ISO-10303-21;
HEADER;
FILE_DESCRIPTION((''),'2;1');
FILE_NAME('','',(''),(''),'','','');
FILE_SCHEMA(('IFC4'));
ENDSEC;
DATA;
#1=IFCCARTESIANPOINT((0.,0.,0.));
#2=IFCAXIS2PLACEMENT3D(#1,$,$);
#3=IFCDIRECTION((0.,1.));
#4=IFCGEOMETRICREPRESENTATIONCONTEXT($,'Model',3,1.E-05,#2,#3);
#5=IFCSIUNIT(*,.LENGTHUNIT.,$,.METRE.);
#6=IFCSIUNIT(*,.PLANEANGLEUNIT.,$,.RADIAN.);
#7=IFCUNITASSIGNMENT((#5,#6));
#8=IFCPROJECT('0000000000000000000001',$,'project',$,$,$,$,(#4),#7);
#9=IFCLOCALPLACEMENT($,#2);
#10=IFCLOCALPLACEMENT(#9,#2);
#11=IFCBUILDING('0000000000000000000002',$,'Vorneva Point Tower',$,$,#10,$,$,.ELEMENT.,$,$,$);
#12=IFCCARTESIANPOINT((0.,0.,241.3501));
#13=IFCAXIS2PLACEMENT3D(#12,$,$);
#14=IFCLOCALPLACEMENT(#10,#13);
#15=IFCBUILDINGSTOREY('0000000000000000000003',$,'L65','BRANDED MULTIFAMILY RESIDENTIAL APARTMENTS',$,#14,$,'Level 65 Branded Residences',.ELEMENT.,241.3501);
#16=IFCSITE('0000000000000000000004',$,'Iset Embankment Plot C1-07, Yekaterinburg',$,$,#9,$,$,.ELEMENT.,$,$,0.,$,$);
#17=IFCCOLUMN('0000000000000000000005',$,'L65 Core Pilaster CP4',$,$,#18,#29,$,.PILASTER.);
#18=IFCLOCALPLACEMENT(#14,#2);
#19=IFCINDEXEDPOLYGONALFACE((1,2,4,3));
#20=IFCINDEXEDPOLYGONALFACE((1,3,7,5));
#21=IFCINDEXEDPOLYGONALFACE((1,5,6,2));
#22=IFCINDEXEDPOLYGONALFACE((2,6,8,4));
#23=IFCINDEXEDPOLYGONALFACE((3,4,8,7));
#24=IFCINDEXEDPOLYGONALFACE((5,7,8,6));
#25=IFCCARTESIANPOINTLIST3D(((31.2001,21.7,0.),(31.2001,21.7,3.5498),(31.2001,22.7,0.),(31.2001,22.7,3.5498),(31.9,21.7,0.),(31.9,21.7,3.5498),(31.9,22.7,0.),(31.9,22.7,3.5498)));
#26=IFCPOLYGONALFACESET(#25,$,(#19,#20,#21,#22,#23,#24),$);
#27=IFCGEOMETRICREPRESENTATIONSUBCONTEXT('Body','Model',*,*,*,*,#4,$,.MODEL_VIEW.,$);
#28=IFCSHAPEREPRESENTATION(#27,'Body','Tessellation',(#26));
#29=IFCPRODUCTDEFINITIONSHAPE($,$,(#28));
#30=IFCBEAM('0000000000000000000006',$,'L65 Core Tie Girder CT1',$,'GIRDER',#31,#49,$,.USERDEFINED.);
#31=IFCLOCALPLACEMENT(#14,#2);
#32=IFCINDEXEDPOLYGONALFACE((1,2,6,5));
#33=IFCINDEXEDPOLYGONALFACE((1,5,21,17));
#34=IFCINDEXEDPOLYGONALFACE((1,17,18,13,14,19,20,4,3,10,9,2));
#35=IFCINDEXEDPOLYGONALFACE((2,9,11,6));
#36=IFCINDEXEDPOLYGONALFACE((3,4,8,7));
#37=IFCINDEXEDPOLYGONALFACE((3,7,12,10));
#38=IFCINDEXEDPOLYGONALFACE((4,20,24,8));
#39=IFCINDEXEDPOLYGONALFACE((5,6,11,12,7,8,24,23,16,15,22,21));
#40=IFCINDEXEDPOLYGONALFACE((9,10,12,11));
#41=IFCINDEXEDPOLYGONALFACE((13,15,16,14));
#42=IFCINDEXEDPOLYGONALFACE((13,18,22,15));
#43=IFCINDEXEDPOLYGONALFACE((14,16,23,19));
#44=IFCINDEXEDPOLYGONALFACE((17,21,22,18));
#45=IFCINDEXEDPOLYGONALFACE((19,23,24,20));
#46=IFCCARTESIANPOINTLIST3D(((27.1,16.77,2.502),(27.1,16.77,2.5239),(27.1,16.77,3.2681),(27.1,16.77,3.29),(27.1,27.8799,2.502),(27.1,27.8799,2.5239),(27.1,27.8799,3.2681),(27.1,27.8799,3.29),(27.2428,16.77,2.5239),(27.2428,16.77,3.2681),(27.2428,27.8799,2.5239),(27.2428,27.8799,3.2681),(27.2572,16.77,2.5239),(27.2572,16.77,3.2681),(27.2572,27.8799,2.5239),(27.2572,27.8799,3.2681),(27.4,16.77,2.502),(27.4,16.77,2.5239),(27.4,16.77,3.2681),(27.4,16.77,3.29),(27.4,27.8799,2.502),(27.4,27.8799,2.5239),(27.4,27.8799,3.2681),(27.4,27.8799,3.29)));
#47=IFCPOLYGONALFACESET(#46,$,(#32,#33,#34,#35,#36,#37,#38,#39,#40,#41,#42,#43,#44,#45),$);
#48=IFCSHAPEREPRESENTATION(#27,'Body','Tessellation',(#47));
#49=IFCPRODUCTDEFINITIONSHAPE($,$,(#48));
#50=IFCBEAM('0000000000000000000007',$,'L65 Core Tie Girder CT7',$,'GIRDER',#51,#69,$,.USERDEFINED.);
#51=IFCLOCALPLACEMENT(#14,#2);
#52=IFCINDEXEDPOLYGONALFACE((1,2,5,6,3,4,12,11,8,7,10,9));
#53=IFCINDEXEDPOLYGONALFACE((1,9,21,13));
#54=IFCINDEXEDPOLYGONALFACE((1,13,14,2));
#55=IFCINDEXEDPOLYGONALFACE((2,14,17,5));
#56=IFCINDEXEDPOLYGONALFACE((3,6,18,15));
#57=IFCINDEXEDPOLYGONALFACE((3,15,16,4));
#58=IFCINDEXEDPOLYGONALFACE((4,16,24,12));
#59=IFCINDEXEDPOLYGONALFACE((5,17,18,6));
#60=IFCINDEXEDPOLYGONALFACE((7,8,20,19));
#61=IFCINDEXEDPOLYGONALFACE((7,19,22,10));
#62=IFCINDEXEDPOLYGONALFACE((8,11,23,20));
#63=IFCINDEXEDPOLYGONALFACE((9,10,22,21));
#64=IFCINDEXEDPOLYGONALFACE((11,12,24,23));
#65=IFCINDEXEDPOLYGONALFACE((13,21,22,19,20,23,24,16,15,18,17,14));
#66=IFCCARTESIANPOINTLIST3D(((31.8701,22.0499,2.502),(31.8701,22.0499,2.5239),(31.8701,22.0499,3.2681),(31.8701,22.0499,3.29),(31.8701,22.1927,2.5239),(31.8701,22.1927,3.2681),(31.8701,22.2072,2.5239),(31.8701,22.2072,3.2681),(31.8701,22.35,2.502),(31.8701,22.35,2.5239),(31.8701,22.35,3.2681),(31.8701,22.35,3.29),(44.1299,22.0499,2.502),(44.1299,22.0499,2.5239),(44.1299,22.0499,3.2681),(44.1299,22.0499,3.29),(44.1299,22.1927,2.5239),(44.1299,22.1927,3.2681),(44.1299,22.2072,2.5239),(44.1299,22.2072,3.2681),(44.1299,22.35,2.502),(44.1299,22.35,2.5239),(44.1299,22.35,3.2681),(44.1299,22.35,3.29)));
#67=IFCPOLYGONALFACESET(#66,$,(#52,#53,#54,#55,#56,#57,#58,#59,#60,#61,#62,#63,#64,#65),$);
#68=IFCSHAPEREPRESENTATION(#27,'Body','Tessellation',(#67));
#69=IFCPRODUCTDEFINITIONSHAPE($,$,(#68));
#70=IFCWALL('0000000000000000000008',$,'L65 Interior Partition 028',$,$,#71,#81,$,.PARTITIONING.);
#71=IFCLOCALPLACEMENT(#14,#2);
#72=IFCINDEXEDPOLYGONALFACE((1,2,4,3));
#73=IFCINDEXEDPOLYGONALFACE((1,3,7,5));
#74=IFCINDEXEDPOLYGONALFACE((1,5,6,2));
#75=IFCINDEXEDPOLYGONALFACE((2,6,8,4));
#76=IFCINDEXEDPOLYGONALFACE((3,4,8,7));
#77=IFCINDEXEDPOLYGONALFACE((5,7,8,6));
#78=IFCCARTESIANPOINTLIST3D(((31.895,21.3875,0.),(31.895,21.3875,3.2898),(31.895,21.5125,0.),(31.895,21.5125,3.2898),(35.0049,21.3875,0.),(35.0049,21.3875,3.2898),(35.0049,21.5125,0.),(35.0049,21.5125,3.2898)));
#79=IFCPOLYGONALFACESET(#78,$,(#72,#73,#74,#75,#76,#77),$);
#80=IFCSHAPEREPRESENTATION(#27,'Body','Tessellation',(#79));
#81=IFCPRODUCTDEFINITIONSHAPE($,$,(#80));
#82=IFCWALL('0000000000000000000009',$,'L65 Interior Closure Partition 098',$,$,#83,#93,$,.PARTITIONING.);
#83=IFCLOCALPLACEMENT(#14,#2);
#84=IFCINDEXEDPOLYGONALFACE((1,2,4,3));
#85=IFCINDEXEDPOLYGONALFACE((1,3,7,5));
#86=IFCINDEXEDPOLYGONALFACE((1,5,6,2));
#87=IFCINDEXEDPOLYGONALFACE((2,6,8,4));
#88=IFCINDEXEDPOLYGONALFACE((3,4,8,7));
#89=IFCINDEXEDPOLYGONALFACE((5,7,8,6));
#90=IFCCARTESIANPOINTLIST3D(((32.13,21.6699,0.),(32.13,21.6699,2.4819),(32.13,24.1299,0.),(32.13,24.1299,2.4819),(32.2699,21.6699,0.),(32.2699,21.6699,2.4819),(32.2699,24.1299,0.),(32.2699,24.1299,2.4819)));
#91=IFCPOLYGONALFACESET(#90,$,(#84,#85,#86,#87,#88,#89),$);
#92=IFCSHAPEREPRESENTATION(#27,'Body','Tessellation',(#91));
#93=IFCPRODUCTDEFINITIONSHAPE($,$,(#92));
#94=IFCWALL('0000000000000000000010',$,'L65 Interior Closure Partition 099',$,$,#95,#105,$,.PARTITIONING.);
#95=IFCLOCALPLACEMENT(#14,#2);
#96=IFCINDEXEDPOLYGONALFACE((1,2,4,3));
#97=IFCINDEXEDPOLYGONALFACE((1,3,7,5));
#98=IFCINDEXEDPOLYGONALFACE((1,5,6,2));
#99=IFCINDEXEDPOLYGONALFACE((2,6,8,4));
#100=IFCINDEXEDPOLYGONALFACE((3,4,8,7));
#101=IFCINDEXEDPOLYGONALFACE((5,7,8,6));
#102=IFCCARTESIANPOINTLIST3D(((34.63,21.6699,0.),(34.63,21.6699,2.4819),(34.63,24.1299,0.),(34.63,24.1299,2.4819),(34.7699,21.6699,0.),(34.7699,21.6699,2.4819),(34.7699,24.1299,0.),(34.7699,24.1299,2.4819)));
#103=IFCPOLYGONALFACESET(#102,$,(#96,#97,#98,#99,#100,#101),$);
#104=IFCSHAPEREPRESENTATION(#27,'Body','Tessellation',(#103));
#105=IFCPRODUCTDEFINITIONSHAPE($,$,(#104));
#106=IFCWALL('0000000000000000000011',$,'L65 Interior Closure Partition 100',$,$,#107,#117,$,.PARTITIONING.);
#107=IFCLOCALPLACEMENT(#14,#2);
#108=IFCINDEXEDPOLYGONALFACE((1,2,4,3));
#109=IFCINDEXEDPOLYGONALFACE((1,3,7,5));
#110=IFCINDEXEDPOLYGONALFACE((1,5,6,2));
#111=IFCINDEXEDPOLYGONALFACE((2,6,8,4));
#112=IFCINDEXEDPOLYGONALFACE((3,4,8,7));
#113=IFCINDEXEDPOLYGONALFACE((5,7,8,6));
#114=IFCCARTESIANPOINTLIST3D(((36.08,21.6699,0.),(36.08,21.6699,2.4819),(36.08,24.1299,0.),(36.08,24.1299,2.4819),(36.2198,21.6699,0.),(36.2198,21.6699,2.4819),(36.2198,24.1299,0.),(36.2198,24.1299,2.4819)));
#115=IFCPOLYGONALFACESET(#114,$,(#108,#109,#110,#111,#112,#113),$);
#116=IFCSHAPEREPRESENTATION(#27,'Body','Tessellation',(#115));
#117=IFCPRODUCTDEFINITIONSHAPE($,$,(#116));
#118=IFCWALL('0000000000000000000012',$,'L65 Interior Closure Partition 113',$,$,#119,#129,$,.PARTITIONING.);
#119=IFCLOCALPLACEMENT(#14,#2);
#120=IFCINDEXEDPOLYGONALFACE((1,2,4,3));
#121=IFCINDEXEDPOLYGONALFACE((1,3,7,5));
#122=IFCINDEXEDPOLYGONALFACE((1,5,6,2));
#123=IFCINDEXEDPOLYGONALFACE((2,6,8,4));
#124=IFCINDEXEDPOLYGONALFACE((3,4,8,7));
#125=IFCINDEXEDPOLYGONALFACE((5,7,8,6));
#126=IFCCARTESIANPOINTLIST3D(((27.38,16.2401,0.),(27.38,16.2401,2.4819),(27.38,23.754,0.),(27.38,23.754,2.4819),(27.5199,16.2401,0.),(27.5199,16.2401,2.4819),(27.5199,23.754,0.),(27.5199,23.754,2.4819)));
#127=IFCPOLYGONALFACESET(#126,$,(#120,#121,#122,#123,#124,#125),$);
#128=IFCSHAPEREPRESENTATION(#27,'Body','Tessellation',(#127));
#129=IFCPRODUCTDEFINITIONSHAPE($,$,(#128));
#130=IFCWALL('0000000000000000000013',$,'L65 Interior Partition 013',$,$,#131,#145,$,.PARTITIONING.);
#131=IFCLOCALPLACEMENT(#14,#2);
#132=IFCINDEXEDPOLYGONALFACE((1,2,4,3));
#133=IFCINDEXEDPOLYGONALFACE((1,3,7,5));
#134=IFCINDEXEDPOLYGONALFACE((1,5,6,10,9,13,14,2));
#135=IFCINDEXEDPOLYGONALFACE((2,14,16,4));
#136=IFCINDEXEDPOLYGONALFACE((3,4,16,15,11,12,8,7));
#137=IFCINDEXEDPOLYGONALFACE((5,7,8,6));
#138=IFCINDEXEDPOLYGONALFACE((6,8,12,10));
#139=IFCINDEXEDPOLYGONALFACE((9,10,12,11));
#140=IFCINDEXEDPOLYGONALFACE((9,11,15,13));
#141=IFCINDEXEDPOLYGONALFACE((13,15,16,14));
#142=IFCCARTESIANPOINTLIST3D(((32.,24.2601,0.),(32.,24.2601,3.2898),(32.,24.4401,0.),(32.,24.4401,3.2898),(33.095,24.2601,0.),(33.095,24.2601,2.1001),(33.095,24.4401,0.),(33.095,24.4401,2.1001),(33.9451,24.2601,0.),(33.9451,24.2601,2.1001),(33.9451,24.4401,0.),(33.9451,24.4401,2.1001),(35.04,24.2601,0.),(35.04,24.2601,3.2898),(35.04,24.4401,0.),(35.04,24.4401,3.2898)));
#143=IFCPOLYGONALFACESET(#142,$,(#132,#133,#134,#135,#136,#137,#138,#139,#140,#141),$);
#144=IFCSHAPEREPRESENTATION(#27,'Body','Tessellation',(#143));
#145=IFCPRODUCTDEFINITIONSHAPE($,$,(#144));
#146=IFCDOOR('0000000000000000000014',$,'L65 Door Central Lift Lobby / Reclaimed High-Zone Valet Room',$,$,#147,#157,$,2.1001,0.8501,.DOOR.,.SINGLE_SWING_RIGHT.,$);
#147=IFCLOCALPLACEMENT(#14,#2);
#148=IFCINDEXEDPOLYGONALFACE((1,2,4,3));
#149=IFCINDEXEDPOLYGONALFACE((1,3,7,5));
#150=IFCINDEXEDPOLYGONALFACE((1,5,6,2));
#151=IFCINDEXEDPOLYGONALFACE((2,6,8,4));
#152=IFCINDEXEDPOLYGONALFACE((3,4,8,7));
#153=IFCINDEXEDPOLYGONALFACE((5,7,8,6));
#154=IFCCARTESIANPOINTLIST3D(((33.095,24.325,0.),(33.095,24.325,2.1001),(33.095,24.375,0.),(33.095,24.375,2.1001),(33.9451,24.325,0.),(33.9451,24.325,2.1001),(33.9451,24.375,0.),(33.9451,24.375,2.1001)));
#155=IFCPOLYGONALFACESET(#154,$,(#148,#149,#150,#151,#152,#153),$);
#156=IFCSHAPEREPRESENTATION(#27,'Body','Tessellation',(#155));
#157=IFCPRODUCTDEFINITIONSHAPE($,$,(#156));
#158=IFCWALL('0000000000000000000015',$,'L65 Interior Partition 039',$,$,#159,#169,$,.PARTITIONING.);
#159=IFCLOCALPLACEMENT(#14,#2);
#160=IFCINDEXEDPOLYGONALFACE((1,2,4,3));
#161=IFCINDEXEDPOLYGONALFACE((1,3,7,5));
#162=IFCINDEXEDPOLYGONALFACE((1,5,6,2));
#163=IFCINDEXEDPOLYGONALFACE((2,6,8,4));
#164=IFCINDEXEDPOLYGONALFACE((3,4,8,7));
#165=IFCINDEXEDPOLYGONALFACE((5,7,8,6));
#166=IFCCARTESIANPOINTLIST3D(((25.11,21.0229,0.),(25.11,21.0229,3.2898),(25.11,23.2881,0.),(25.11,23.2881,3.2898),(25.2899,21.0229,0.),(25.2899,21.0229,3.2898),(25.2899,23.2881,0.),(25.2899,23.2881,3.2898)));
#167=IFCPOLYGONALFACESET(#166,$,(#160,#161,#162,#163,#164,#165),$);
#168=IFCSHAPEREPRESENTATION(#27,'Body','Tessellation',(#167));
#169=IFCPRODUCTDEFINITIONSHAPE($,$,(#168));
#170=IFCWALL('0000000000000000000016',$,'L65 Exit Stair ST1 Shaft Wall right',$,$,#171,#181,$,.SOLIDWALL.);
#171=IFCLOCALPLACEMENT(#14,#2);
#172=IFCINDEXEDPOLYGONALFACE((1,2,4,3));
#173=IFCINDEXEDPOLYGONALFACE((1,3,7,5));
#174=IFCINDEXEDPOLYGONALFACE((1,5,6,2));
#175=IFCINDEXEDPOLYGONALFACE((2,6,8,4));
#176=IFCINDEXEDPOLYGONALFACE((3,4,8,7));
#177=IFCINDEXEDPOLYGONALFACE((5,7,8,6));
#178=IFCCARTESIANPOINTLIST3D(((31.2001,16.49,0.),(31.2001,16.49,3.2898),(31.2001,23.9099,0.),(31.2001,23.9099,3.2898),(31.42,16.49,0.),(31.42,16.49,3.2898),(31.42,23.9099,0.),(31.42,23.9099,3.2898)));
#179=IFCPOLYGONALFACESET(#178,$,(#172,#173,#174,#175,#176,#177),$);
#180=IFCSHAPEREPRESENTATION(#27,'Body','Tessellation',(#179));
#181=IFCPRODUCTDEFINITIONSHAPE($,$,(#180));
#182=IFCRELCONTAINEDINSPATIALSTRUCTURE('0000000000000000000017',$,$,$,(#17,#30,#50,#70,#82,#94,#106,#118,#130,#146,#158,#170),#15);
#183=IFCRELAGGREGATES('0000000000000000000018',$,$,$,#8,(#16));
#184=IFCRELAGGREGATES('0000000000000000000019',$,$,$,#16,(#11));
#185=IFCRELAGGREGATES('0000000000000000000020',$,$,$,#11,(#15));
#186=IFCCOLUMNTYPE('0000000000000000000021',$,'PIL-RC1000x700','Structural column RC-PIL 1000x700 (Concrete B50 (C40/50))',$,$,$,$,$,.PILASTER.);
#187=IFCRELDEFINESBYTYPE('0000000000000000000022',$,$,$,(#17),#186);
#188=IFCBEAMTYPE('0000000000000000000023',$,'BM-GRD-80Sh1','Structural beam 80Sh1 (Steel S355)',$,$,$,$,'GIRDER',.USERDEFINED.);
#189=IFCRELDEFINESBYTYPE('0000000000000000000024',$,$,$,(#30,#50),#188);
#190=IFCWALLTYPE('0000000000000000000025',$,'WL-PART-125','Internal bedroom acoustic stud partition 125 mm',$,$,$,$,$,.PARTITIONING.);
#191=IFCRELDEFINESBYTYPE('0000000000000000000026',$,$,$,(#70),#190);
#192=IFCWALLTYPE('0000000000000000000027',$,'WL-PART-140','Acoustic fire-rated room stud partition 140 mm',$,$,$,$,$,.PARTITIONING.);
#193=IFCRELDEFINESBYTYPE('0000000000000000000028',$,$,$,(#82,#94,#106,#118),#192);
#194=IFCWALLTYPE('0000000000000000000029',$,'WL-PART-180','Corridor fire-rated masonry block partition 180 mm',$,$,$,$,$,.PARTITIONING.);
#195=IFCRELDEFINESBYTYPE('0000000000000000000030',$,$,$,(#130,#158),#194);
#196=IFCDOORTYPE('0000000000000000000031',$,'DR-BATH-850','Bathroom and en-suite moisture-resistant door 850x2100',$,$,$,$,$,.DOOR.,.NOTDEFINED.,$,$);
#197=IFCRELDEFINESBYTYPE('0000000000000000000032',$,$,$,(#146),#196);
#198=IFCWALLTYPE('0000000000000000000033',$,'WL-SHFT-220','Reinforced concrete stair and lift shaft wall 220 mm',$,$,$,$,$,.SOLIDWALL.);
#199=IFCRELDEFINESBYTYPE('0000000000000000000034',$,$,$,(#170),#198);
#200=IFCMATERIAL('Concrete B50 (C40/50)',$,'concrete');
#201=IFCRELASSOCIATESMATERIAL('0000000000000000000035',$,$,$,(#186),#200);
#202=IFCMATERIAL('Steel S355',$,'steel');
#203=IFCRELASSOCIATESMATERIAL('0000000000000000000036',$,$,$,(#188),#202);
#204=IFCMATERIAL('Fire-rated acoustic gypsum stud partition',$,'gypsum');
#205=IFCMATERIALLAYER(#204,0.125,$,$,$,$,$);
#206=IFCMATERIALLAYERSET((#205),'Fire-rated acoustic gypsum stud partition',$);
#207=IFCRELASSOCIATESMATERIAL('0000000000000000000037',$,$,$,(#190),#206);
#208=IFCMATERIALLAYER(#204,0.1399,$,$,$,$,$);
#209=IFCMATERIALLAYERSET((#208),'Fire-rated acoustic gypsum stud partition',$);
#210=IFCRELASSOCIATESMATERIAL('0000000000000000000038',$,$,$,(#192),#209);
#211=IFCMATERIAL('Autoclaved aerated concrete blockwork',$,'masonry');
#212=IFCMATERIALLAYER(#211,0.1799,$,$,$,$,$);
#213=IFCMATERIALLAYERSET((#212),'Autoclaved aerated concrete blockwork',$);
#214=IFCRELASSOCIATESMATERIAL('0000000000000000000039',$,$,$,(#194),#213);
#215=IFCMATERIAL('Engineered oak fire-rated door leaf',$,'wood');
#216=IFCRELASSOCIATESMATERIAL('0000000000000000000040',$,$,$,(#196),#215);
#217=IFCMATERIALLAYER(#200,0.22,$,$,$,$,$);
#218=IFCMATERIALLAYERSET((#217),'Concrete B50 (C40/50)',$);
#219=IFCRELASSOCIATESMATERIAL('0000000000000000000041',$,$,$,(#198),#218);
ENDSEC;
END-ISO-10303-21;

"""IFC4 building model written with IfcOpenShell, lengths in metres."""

from ifc_helpers import new_model, si_unit, direction, frame, frame_2d, origin, origin_2d, place, context, subcontext, project, spatial, rectangle, i_section, extrude, material, layer, layer_set, material_profile, profile_set, type_object, element, fill, save


model = new_model("IFC4")

# Units and contexts
model_context = context("Model", 3, precision=1e-05, world=origin(), true_north=direction((0.0, 1.0)))
body_context = subcontext(model_context, "Body", "Model", "MODEL_VIEW")
ifc_project = project(units=[si_unit("LENGTHUNIT", "METRE"), si_unit("PLANEANGLEUNIT", "RADIAN")], contexts=[model_context])

# Site, building, storey
site_placement = place(None, origin())
site = spatial("IfcSite", under=ifc_project, at=site_placement, Name="Iset Embankment Plot C1-07, Yekaterinburg", CompositionType="ELEMENT", RefElevation=0.0)
building_placement = place(site_placement, origin())
building = spatial("IfcBuilding", under=site, at=building_placement, Name="Vorneva Point Tower", CompositionType="ELEMENT")
storey_placement = place(building_placement, frame((0.0, 0.0, 241.3501)))
storey = spatial("IfcBuildingStorey", under=building, at=storey_placement, Name="L65", Description="BRANDED MULTIFAMILY RESIDENTIAL APARTMENTS", LongName="Level 65 Branded Residences", CompositionType="ELEMENT", Elevation=241.3501)

# Column
ifc_material_1 = material(Name="Concrete B50 (C40/50)", Category="concrete")
ifc_material_profile_1 = material_profile(ifc_material_1, rectangle(XDim=0.7, YDim=1.0, at=origin_2d()), Name="RC-PIL 1000x700")
ifc_profile_set_1 = profile_set([ifc_material_profile_1], Name="Concrete B50 (C40/50)")
column_type = type_object("IfcColumnType", Name="PIL-RC1000x700", Description="Structural column RC-PIL 1000x700 (Concrete B50 (C40/50))", PredefinedType="PILASTER", material=ifc_profile_set_1)
column_placement = place(storey_placement, frame((31.55, 22.2, 0.0), z_axis=(0.0, 0.0, 1.0), x_axis=(1.0, 0.0, 0.0)))
element("IfcColumn", 1, at=column_placement, inside=storey, type_object=column_type, Name="L65 Core Pilaster CP4", PredefinedType="PILASTER", context=body_context, shape_type="SweptSolid", body=[
    extrude(rectangle(XDim=0.7, YDim=1.0, at=origin_2d()), origin(), (0.0, 0.0, 1.0), 3.5498),
])

# Beams
ifc_material_2 = material(Name="Steel S355", Category="steel")
ifc_material_profile_2 = material_profile(ifc_material_2, i_section(OverallWidth=0.3, OverallDepth=0.7881, WebThickness=0.0144, FlangeThickness=0.022, at=origin_2d()), Name="80Sh1")
ifc_profile_set_2 = profile_set([ifc_material_profile_2], Name="Steel S355")
beam_type = type_object("IfcBeamType", Name="BM-GRD-80Sh1", Description="Structural beam 80Sh1 (Steel S355)", ElementType="GIRDER", PredefinedType="USERDEFINED", material=ifc_profile_set_2)
beam_1_placement = place(storey_placement, frame((27.25, 16.77, 2.896), z_axis=(0.0, 1.0, 0.0), x_axis=(-1.0, 0.0, 0.0)))
element("IfcBeam", 2, at=beam_1_placement, inside=storey, type_object=beam_type, Name="L65 Core Tie Girder CT1", ObjectType="GIRDER", PredefinedType="USERDEFINED", context=body_context, shape_type="SweptSolid", body=[
    extrude(i_section(OverallWidth=0.3, OverallDepth=0.7881, WebThickness=0.0144, FlangeThickness=0.022, at=origin_2d()), origin(), (0.0, 0.0, 1.0), 11.1099),
])
beam_2_placement = place(storey_placement, frame((31.8701, 22.2, 2.896), z_axis=(1.0, 0.0, 0.0), x_axis=(0.0, 1.0, 0.0)))
element("IfcBeam", 3, at=beam_2_placement, inside=storey, type_object=beam_type, Name="L65 Core Tie Girder CT7", ObjectType="GIRDER", PredefinedType="USERDEFINED", context=body_context, shape_type="SweptSolid", body=[
    extrude(i_section(OverallWidth=0.3, OverallDepth=0.7881, WebThickness=0.0144, FlangeThickness=0.022, at=origin_2d()), origin(), (0.0, 0.0, 1.0), 12.2598),
])

# Walls
ifc_material_3 = material(Name="Fire-rated acoustic gypsum stud partition", Category="gypsum")
ifc_layer_1 = layer(ifc_material_3, 0.125)
ifc_layer_set_1 = layer_set([ifc_layer_1], Name="Fire-rated acoustic gypsum stud partition")
wall_type_1 = type_object("IfcWallType", Name="WL-PART-125", Description="Internal bedroom acoustic stud partition 125 mm", PredefinedType="PARTITIONING", material=ifc_layer_set_1)
wall_1_placement = place(storey_placement, frame((35.0049, 21.45, 0.0), z_axis=(0.0, 0.0, 1.0), x_axis=(-1.0, 0.0, 0.0)))
element("IfcWall", 4, at=wall_1_placement, inside=storey, type_object=wall_type_1, Name="L65 Interior Partition 028", PredefinedType="PARTITIONING", context=body_context, shape_type="SweptSolid", body=[
    extrude(rectangle(XDim=3.1099, YDim=0.125, at=frame_2d((1.5549, 0.0))), origin(), (0.0, 0.0, 1.0), 3.2898),
])
ifc_layer_2 = layer(ifc_material_3, 0.1399)
ifc_layer_set_2 = layer_set([ifc_layer_2], Name="Fire-rated acoustic gypsum stud partition")
wall_type_2 = type_object("IfcWallType", Name="WL-PART-140", Description="Acoustic fire-rated room stud partition 140 mm", PredefinedType="PARTITIONING", material=ifc_layer_set_2)
for number, where, z_axis, x_axis, name in (
    (5, (32.2, 24.1299, 0.0), (0.0, 0.0, 1.0), (0.0, -1.0, 0.0), "L65 Interior Closure Partition 098"),
    (6, (34.7, 21.6699, 0.0), (0.0, 0.0, 1.0), (0.0, 1.0, 0.0), "L65 Interior Closure Partition 099"),
    (7, (36.1499, 24.1299, 0.0), (0.0, 0.0, 1.0), (0.0, -1.0, 0.0), "L65 Interior Closure Partition 100"),
):
    element("IfcWall", number, at=place(storey_placement, frame(where, z_axis=z_axis, x_axis=x_axis)), inside=storey, type_object=wall_type_2, Name=name, PredefinedType="PARTITIONING", context=body_context, shape_type="SweptSolid", body=[
        extrude(rectangle(XDim=2.46, YDim=0.1399, at=frame_2d((1.23, 0.0))), origin(), (0.0, 0.0, 1.0), 2.4819),
    ])
wall_2_placement = place(storey_placement, frame((27.45, 23.7539, 0.0), z_axis=(0.0, 0.0, 1.0), x_axis=(0.0, -1.0, 0.0)))
element("IfcWall", 8, at=wall_2_placement, inside=storey, type_object=wall_type_2, Name="L65 Interior Closure Partition 113", PredefinedType="PARTITIONING", context=body_context, shape_type="SweptSolid", body=[
    extrude(rectangle(XDim=7.5139, YDim=0.1399, at=frame_2d((3.7568, 0.0))), origin(), (0.0, 0.0, 1.0), 2.4819),
])

# Wall, opening, door
ifc_material_4 = material(Name="Autoclaved aerated concrete blockwork", Category="masonry")
ifc_layer_3 = layer(ifc_material_4, 0.1799)
ifc_layer_set_3 = layer_set([ifc_layer_3], Name="Autoclaved aerated concrete blockwork")
wall_type_3 = type_object("IfcWallType", Name="WL-PART-180", Description="Corridor fire-rated masonry block partition 180 mm", PredefinedType="PARTITIONING", material=ifc_layer_set_3)
wall_3_placement = place(storey_placement, frame((32.0, 24.3501, 0.0), z_axis=(0.0, 0.0, 1.0), x_axis=(1.0, 0.0, 0.0)))
wall_3 = element("IfcWall", 9, at=wall_3_placement, inside=storey, type_object=wall_type_3, Name="L65 Interior Partition 013", PredefinedType="PARTITIONING", context=body_context, shape_type="SweptSolid", body=[
    extrude(rectangle(XDim=3.04, YDim=0.1799, at=frame_2d((1.52, 0.0))), origin(), (0.0, 0.0, 1.0), 3.2898),
])
opening_1_placement = place(wall_3_placement, frame((1.095, 0.0, 0.0)))
opening_1 = element("IfcOpeningElement", 10, at=opening_1_placement, cuts=wall_3, PredefinedType="OPENING", context=body_context, shape_type="SweptSolid", body=[
    extrude(rectangle(XDim=0.8501, YDim=2.1001, at=frame_2d((0.425, 1.05))), frame((0.0, 0.105, 0.0), z_axis=(0.0, -1.0, 0.0), x_axis=(1.0, 0.0, 0.0)), (0.0, 0.0, 1.0), 0.2097),
])
ifc_material_5 = material(Name="Engineered oak fire-rated door leaf", Category="wood")
door_type_1 = type_object("IfcDoorType", Name="DR-BATH-850", Description="Bathroom and en-suite moisture-resistant door 850x2100", OperationType="NOTDEFINED", PredefinedType="DOOR", material=ifc_material_5)
door_1_placement = place(opening_1_placement, origin())
door_1 = element("IfcDoor", 11, at=door_1_placement, inside=storey, type_object=door_type_1, Name="L65 Door Central Lift Lobby / Reclaimed High-Zone Valet Room", OperationType="SINGLE_SWING_RIGHT", OverallHeight=2.1001, OverallWidth=0.8501, PredefinedType="DOOR", context=body_context, shape_type="SweptSolid", body=[
    extrude(rectangle(XDim=0.8501, YDim=2.1001, at=frame_2d((0.425, 1.05))), frame((0.0, 0.0249, 0.0), z_axis=(0.0, -1.0, 0.0), x_axis=(1.0, 0.0, 0.0)), (0.0, 0.0, 1.0), 0.05),
])
fill(opening_1, door_1)

# Wall
wall_4_placement = place(storey_placement, frame((25.2, 23.2881, 0.0), z_axis=(0.0, 0.0, 1.0), x_axis=(0.0, -1.0, 0.0)))
element("IfcWall", 12, at=wall_4_placement, inside=storey, type_object=wall_type_3, Name="L65 Interior Partition 039", PredefinedType="PARTITIONING", context=body_context, shape_type="SweptSolid", body=[
    extrude(rectangle(XDim=2.2651, YDim=0.1799, at=frame_2d((1.1326, 0.0))), origin(), (0.0, 0.0, 1.0), 3.2898),
])

# Shared definitions
ifc_layer_4 = layer(ifc_material_1, 0.22)
ifc_layer_set_4 = layer_set([ifc_layer_4], Name="Concrete B50 (C40/50)")
wall_type_4 = type_object("IfcWallType", Name="WL-SHFT-220", Description="Reinforced concrete stair and lift shaft wall 220 mm", PredefinedType="SOLIDWALL", material=ifc_layer_set_4)

# Wall
wall_5_placement = place(storey_placement, frame((31.3101, 23.9099, 0.0), z_axis=(0.0, 0.0, 1.0), x_axis=(0.0, -1.0, 0.0)))
element("IfcWall", 13, at=wall_5_placement, inside=storey, type_object=wall_type_4, Name="L65 Exit Stair ST1 Shaft Wall right", PredefinedType="SOLIDWALL", context=body_context, shape_type="SweptSolid", body=[
    extrude(rectangle(XDim=7.4199, YDim=0.22, at=frame_2d((3.71, 0.0))), origin(), (0.0, 0.0, 1.0), 3.2898),
])

save(model, "model.ifc")
